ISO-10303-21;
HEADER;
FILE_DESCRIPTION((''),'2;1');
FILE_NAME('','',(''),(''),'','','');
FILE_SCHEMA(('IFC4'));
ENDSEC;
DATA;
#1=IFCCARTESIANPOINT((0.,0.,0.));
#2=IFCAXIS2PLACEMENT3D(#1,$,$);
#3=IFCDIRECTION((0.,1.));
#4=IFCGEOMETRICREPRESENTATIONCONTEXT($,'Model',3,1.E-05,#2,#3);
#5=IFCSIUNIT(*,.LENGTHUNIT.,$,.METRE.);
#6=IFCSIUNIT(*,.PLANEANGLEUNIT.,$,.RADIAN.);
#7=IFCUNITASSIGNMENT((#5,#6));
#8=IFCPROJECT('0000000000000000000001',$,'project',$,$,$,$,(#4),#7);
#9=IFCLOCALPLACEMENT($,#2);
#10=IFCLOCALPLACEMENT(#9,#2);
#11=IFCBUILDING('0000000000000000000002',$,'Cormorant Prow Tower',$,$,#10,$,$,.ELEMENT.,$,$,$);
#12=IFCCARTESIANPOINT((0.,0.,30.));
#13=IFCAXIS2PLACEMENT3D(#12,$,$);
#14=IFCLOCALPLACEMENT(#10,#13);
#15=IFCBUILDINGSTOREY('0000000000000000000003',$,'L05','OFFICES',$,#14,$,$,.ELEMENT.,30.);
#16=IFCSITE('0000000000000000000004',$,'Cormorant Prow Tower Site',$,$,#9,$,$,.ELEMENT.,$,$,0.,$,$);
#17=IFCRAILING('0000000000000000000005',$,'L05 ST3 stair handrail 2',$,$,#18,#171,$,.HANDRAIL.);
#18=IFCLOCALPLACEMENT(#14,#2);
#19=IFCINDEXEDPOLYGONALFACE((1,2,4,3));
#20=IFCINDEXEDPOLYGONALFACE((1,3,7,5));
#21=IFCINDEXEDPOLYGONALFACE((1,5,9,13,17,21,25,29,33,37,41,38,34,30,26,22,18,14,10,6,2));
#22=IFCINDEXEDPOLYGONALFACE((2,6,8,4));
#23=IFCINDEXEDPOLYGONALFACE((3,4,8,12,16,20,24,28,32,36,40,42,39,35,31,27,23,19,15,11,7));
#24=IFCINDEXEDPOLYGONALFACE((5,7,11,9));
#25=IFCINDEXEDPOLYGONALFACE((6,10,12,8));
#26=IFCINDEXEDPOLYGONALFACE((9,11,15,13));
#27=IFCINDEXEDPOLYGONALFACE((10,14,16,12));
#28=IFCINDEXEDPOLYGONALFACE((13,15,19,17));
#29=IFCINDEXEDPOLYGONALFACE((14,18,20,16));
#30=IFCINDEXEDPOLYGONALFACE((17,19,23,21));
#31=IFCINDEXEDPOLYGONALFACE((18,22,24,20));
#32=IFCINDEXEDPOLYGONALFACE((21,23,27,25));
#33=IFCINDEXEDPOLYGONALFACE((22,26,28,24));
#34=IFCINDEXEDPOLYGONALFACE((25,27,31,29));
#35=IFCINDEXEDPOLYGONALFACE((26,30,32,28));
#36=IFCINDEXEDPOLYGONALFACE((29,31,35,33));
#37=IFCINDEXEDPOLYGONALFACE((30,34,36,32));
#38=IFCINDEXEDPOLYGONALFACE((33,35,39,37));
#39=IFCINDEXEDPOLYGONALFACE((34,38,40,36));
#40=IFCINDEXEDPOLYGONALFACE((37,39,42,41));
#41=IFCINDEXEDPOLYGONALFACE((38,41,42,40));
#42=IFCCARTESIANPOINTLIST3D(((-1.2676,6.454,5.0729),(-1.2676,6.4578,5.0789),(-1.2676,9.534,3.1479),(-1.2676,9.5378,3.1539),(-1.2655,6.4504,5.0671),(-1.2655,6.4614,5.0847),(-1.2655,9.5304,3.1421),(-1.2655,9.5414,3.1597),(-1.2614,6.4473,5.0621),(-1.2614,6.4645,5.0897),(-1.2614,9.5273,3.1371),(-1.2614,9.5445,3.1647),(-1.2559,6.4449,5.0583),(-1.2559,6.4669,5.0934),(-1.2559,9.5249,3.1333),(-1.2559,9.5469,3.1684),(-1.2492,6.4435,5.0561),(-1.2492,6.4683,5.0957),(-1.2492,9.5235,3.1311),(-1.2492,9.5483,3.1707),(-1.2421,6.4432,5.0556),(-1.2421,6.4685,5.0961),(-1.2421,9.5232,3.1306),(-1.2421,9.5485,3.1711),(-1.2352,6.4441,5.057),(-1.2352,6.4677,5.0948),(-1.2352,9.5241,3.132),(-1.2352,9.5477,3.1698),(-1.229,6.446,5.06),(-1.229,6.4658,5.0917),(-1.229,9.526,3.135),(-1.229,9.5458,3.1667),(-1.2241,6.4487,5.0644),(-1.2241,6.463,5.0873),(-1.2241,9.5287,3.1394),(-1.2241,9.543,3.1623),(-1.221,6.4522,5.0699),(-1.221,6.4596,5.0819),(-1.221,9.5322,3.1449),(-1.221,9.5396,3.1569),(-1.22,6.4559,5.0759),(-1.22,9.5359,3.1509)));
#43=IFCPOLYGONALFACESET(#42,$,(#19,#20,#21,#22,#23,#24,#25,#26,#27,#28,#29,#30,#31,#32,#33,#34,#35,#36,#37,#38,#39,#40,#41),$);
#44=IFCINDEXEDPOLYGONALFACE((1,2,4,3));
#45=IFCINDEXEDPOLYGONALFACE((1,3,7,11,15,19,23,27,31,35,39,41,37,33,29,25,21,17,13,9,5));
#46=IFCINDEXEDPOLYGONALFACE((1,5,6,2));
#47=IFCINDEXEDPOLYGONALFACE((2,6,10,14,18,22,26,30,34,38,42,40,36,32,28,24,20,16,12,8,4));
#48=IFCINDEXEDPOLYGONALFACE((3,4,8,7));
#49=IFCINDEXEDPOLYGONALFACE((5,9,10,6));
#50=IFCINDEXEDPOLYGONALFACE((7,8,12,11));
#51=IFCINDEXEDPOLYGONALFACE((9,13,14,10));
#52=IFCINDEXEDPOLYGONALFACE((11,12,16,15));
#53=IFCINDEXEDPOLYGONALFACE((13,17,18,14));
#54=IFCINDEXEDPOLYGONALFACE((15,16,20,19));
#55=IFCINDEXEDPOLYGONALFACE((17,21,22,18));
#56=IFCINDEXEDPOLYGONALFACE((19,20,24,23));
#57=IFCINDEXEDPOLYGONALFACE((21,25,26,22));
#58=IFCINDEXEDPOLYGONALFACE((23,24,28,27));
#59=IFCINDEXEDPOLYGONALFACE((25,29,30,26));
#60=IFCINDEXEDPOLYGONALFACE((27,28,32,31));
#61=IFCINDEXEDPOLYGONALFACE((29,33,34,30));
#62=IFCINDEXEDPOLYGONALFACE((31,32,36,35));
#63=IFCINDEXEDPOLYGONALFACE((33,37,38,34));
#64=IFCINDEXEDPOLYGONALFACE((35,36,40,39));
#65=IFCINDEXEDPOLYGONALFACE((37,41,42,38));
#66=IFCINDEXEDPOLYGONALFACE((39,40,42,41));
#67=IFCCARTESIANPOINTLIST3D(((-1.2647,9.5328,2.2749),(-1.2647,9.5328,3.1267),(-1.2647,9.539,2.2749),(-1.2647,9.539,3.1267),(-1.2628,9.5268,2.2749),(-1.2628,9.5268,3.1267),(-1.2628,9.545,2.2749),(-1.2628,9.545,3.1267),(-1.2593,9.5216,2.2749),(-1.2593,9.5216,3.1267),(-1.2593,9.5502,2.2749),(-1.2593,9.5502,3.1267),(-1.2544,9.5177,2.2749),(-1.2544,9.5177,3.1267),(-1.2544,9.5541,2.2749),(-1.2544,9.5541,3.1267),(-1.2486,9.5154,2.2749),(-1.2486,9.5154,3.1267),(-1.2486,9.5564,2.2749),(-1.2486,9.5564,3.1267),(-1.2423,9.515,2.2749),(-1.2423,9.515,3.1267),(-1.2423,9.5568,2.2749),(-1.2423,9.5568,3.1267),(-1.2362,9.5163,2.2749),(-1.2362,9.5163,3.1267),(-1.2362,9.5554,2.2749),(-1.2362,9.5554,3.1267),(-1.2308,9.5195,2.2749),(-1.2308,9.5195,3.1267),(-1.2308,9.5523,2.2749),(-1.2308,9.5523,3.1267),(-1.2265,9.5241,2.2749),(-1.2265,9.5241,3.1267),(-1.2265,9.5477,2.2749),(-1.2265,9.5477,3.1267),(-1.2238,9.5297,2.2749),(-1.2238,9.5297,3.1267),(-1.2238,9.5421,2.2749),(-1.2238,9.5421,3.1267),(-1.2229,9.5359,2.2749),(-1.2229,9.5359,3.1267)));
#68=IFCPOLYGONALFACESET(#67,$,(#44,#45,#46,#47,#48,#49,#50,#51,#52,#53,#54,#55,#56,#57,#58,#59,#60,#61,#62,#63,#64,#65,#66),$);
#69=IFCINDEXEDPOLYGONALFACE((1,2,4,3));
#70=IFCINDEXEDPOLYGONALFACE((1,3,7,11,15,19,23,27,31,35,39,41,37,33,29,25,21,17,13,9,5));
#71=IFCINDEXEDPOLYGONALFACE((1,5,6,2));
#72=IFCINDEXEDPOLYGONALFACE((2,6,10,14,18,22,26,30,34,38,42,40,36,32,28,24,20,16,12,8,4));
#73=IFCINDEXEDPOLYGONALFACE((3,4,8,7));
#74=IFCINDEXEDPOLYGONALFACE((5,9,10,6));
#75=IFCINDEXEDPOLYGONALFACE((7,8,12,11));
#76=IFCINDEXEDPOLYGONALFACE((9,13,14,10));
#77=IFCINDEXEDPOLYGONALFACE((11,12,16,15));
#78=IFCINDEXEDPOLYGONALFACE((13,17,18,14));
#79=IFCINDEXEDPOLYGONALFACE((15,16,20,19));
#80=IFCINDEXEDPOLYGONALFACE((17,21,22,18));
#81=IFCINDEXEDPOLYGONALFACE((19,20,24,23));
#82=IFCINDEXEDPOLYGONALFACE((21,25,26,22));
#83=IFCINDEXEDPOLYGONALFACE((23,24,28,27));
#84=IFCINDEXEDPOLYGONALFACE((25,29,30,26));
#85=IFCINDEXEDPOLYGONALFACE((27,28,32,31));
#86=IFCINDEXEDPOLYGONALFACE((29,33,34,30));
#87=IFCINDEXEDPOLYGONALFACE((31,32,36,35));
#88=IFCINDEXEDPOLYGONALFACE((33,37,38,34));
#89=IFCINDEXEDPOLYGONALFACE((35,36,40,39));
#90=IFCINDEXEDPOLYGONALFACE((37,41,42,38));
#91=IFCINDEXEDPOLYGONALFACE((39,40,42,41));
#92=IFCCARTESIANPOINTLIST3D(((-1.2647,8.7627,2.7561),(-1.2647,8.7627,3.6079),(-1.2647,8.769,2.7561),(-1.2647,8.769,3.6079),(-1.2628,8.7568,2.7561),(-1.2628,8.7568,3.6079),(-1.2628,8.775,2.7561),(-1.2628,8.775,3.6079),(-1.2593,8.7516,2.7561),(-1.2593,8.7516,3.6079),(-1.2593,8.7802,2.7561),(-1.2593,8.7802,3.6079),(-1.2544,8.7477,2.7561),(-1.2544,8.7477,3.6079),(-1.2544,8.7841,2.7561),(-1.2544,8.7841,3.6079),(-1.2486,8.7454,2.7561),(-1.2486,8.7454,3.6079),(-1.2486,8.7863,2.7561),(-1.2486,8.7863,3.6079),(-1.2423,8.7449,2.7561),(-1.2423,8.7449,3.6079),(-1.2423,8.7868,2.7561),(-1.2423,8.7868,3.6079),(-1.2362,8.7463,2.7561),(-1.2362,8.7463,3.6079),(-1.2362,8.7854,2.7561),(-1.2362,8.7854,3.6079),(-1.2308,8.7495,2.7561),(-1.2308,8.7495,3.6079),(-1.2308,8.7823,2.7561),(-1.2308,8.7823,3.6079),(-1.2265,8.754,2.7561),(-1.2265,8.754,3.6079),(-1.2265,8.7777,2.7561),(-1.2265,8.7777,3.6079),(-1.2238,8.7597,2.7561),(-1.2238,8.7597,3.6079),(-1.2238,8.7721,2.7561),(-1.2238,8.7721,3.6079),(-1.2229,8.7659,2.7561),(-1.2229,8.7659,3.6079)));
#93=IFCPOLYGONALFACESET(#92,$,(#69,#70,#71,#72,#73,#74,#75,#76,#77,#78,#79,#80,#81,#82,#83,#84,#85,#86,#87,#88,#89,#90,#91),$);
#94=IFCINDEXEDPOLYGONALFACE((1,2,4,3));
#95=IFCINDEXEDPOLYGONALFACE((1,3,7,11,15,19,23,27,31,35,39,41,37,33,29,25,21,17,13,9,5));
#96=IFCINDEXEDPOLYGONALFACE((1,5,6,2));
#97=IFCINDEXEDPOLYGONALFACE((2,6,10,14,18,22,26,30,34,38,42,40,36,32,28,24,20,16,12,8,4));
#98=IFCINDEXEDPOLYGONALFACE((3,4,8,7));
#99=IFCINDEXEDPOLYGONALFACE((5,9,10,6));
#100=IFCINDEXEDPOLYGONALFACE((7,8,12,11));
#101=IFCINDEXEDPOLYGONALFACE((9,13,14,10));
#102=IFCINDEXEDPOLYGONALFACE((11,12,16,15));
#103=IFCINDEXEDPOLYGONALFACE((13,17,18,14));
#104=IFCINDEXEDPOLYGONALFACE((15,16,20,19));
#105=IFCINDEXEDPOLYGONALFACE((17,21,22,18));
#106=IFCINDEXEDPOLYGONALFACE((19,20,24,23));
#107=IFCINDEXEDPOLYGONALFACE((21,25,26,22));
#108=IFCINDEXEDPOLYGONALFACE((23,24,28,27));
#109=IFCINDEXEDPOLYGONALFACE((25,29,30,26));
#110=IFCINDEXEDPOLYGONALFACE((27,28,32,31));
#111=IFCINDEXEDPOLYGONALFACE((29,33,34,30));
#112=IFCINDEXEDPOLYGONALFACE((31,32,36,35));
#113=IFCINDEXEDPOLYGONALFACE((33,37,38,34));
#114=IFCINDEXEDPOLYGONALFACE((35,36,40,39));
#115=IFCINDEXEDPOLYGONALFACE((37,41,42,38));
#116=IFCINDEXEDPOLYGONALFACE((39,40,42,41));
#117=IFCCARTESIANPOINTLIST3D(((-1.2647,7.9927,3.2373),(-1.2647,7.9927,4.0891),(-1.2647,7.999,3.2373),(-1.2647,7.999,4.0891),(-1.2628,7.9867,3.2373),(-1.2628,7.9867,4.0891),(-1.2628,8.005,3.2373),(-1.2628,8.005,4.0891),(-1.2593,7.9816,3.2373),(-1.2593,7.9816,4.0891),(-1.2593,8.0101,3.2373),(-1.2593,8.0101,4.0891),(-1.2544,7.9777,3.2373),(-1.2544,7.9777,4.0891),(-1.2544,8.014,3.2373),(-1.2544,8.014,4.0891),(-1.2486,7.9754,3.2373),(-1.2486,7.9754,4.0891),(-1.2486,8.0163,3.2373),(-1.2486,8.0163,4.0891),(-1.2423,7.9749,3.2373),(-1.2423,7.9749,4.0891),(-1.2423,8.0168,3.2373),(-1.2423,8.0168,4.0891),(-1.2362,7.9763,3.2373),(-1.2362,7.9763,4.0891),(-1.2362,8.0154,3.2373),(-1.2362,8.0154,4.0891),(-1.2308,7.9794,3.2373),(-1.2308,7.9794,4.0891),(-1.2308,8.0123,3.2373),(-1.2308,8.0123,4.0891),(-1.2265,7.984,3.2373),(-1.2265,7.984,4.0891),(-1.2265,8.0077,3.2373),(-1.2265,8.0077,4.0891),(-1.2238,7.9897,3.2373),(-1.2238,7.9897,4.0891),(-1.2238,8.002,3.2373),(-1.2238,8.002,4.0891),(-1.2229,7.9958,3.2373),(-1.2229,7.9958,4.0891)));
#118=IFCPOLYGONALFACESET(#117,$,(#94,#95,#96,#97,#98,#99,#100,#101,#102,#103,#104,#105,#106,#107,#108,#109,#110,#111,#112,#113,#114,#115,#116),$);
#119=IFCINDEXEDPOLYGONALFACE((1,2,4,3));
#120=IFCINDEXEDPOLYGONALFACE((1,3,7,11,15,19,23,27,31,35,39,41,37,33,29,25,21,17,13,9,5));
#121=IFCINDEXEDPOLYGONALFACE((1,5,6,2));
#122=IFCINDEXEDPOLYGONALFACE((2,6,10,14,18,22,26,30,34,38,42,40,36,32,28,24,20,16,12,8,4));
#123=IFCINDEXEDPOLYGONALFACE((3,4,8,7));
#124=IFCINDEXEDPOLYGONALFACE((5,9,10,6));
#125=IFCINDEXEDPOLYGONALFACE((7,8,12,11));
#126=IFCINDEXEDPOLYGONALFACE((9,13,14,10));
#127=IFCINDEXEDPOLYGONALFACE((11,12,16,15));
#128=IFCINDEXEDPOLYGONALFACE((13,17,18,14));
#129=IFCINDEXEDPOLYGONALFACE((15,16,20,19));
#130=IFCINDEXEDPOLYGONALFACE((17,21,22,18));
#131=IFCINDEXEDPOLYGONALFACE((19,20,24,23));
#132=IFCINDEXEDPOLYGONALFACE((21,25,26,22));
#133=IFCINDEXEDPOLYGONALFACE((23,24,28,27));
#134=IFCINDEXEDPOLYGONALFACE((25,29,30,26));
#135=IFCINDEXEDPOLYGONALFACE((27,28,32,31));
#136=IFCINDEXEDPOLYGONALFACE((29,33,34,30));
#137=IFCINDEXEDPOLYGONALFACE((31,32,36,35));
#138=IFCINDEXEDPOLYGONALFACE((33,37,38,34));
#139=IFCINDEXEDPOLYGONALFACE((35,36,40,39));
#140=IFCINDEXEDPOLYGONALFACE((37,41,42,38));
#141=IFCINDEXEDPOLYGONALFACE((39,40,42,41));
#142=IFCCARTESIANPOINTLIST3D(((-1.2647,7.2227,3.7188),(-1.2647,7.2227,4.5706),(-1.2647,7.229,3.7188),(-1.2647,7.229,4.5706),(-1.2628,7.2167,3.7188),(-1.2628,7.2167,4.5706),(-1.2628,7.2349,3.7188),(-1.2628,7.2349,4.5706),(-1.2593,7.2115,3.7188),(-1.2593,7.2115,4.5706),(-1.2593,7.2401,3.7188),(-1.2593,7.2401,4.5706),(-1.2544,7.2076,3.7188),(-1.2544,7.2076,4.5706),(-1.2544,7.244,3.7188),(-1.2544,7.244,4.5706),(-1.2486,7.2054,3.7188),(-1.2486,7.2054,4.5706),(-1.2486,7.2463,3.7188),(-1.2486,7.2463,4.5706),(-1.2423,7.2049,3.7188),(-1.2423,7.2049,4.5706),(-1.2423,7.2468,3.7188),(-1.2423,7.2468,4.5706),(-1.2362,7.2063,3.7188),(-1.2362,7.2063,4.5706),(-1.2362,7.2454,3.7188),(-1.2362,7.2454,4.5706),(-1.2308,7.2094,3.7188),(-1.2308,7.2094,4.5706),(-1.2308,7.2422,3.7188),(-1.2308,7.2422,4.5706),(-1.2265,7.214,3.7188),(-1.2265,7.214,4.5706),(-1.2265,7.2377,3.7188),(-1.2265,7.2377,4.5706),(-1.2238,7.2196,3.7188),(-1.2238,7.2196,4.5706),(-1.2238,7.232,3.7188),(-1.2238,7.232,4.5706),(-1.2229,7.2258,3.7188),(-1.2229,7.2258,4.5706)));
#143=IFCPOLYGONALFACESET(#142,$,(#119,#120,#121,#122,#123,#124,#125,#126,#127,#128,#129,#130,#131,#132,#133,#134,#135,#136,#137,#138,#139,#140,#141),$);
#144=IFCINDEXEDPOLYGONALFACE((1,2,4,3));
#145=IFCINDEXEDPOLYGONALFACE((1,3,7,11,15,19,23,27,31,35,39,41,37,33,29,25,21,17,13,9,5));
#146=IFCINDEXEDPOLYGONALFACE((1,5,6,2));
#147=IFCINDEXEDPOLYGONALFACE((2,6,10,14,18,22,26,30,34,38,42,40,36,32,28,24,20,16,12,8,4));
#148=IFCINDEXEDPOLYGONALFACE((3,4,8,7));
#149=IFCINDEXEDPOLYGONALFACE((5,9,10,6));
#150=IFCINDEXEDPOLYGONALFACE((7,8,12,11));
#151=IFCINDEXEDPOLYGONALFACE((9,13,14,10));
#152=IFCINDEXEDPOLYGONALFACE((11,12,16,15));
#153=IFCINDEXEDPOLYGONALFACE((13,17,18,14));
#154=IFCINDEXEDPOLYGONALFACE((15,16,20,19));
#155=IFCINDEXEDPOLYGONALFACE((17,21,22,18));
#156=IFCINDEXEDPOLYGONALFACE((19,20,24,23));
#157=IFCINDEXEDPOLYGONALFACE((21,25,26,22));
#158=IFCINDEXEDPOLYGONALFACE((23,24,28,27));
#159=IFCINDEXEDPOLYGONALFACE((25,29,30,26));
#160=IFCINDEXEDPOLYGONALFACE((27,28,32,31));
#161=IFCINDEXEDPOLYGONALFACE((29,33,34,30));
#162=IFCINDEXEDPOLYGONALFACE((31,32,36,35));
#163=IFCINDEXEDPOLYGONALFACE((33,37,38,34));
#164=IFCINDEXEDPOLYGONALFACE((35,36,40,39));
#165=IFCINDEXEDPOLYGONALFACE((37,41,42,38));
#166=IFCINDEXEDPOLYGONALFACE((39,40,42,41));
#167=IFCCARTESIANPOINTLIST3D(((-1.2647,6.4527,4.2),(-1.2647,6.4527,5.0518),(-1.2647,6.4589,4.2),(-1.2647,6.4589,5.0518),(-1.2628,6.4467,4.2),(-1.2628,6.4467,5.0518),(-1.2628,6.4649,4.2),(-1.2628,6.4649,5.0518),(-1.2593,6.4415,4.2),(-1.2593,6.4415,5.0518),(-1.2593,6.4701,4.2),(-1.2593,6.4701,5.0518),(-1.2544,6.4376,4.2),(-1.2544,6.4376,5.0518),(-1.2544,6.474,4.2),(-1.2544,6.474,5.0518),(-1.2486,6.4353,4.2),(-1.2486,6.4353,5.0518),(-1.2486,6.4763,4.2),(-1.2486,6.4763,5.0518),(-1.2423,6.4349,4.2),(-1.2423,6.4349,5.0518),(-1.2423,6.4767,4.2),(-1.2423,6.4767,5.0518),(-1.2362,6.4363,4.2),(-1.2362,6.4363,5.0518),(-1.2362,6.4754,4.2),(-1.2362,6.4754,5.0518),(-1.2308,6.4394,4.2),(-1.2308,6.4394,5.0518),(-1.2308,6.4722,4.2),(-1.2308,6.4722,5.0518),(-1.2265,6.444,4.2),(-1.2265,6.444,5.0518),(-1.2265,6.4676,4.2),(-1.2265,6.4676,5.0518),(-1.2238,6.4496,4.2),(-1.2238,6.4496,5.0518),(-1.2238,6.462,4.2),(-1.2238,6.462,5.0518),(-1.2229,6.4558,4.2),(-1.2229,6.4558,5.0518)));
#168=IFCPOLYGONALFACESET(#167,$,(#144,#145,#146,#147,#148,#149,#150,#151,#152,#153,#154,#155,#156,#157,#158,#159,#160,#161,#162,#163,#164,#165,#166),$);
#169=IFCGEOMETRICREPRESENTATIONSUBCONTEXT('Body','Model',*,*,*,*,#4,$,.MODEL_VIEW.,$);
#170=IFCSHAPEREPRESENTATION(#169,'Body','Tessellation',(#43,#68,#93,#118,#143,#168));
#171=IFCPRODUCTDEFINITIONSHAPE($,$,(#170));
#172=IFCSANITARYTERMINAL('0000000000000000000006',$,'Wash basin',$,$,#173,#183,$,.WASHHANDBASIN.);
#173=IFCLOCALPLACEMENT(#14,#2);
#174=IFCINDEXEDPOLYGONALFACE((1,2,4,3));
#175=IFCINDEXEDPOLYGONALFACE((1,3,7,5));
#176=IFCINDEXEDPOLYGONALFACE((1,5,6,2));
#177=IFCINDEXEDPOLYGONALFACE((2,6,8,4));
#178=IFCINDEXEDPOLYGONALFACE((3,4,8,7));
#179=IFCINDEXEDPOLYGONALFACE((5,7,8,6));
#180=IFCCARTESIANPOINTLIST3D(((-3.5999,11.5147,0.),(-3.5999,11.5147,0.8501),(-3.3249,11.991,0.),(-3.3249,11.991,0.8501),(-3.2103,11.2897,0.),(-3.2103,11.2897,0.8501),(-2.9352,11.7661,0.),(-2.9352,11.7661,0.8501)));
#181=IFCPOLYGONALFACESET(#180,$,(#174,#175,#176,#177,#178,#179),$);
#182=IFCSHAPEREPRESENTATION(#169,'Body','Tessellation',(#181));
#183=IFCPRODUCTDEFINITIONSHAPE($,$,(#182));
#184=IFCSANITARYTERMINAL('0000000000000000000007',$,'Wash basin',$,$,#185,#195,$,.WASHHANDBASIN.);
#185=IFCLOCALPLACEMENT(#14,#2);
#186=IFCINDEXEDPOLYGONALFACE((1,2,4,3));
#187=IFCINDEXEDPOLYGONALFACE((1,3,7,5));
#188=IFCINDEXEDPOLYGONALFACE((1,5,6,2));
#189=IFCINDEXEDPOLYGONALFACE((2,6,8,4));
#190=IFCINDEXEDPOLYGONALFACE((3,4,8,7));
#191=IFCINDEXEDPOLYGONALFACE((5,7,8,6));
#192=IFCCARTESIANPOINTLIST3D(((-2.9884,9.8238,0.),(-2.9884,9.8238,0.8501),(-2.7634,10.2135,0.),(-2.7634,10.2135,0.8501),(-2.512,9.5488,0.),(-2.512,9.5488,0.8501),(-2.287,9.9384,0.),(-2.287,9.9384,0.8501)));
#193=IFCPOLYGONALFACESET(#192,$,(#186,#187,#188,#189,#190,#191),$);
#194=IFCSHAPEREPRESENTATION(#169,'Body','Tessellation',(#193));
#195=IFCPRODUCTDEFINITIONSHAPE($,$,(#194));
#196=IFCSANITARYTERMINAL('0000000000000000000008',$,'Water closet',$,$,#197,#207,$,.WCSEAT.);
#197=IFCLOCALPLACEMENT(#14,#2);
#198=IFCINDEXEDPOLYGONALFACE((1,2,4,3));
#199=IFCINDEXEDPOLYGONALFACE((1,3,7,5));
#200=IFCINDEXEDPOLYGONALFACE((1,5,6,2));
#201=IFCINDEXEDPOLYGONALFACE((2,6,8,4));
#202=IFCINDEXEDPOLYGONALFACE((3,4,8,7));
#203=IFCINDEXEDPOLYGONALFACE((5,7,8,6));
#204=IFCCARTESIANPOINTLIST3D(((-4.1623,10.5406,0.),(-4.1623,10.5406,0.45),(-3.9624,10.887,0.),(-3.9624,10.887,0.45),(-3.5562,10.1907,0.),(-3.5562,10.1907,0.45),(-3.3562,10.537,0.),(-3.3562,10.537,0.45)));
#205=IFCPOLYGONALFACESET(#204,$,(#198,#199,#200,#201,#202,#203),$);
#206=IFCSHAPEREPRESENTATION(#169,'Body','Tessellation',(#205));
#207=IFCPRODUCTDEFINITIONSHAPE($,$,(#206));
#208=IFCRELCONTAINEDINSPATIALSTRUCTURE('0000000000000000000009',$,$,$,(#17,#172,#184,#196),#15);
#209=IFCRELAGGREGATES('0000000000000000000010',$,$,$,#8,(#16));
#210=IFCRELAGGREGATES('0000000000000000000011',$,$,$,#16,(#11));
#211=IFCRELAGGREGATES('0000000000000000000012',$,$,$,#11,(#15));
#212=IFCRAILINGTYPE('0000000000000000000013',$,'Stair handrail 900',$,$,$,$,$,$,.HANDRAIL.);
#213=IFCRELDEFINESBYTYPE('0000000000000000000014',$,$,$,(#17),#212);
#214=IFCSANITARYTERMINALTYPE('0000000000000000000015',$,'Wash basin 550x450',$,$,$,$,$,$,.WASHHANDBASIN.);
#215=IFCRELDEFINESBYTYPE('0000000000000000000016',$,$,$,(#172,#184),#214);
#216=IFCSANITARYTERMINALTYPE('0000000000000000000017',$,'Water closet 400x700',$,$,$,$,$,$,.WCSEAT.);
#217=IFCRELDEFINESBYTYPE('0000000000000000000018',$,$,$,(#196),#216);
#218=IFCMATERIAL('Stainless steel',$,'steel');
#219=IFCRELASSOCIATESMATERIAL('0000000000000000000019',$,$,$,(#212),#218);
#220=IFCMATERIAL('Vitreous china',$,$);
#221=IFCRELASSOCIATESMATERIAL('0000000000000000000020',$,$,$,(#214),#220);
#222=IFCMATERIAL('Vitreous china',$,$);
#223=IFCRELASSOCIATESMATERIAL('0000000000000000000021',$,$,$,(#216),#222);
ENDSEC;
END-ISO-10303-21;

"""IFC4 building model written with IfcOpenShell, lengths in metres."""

from ifc_helpers import new_model, si_unit, direction, frame, origin, origin_2d, place, context, subcontext, project, spatial, rectangle, circle, extrude, material, type_object, element, save


model = new_model("IFC4")

# Units and contexts
model_context = context("Model", 3, precision=1e-05, world=origin(), true_north=direction((0.0, 1.0)))
body_context = subcontext(model_context, "Body", "Model", "MODEL_VIEW")
ifc_project = project(units=[si_unit("LENGTHUNIT", "METRE"), si_unit("PLANEANGLEUNIT", "RADIAN")], contexts=[model_context])

# Site, building, storey
site_placement = place(None, origin())
site = spatial("IfcSite", under=ifc_project, at=site_placement, Name="Cormorant Prow Tower Site", CompositionType="ELEMENT", RefElevation=0.0)
building_placement = place(site_placement, origin())
building = spatial("IfcBuilding", under=site, at=building_placement, Name="Cormorant Prow Tower", CompositionType="ELEMENT")
storey_placement = place(building_placement, frame((0.0, 0.0, 30.0)))
storey = spatial("IfcBuildingStorey", under=building, at=storey_placement, Name="L05", Description="OFFICES", CompositionType="ELEMENT", Elevation=30.0)

# Railing
ifc_material_1 = material(Name="Stainless steel", Category="steel")
railing_type = type_object("IfcRailingType", Name="Stair handrail 900", PredefinedType="HANDRAIL", material=ifc_material_1)
railing_placement = place(storey_placement, frame((-1.2439, 9.5359, 2.2749)))
element("IfcRailing", 1, at=railing_placement, inside=storey, type_object=railing_type, Name="L05 ST3 stair handrail 2", PredefinedType="HANDRAIL", context=body_context, shape_type="SweptSolid", body=[
    extrude(circle(Radius=0.0239, at=origin_2d()), frame((0.0, 0.0, 0.876), z_axis=(0.0, -0.847998, 0.529999), x_axis=(1.0, 0.0, 0.0)), (0.0, 0.0, 1.0), 3.6321),
    extrude(circle(Radius=0.021, at=origin_2d()), origin(), (0.0, 0.0, 1.0), 0.8518),
    extrude(circle(Radius=0.021, at=origin_2d()), frame((0.0, -0.77, 0.4812)), (0.0, 0.0, 1.0), 0.8518),
    extrude(circle(Radius=0.021, at=origin_2d()), frame((0.0, -1.54, 0.9624)), (0.0, 0.0, 1.0), 0.8518),
    extrude(circle(Radius=0.021, at=origin_2d()), frame((0.0, -2.3101, 1.4438)), (0.0, 0.0, 1.0), 0.8518),
    extrude(circle(Radius=0.021, at=origin_2d()), frame((0.0, -3.0801, 1.925)), (0.0, 0.0, 1.0), 0.8518),
])

# Sanitary terminals
ifc_material_2 = material(Name="Vitreous china")
sanitary_terminal_type_1 = type_object("IfcSanitaryTerminalType", Name="Wash basin 550x450", PredefinedType="WASHHANDBASIN", material=ifc_material_2)
for number, where, z_axis, x_axis, name in (
    (2, (-3.2676, 11.6404, 0.0), (0.0, 0.0, 1.0), (-0.5, -0.866025, 0.0), "Wash basin"),
    (3, (-2.6377, 9.8811, 0.0), (0.0, 0.0, 1.0), (0.866017, -0.500015, 0.0), "Wash basin"),
):
    element("IfcSanitaryTerminal", number, at=place(storey_placement, frame(where, z_axis=z_axis, x_axis=x_axis)), inside=storey, type_object=sanitary_terminal_type_1, Name=name, PredefinedType="WASHHANDBASIN", context=body_context, shape_type="SweptSolid", body=[
        extrude(rectangle(XDim=0.55, YDim=0.45, at=origin_2d()), origin(), (0.0, 0.0, 1.0), 0.8501),
    ])
ifc_material_3 = material(Name="Vitreous china")
sanitary_terminal_type_2 = type_object("IfcSanitaryTerminalType", Name="Water closet 400x700", PredefinedType="WCSEAT", material=ifc_material_3)
for number, where, z_axis, x_axis, name in (
    (4, (-3.7593, 10.5388, 0.0), (0.0, 0.0, 1.0), (-0.5, -0.866025, 0.0), "Water closet"),
):
    element("IfcSanitaryTerminal", number, at=place(storey_placement, frame(where, z_axis=z_axis, x_axis=x_axis)), inside=storey, type_object=sanitary_terminal_type_2, Name=name, PredefinedType="WCSEAT", context=body_context, shape_type="SweptSolid", body=[
        extrude(rectangle(XDim=0.3999, YDim=0.7, at=origin_2d()), origin(), (0.0, 0.0, 1.0), 0.45),
    ])

save(model, "model.ifc")
